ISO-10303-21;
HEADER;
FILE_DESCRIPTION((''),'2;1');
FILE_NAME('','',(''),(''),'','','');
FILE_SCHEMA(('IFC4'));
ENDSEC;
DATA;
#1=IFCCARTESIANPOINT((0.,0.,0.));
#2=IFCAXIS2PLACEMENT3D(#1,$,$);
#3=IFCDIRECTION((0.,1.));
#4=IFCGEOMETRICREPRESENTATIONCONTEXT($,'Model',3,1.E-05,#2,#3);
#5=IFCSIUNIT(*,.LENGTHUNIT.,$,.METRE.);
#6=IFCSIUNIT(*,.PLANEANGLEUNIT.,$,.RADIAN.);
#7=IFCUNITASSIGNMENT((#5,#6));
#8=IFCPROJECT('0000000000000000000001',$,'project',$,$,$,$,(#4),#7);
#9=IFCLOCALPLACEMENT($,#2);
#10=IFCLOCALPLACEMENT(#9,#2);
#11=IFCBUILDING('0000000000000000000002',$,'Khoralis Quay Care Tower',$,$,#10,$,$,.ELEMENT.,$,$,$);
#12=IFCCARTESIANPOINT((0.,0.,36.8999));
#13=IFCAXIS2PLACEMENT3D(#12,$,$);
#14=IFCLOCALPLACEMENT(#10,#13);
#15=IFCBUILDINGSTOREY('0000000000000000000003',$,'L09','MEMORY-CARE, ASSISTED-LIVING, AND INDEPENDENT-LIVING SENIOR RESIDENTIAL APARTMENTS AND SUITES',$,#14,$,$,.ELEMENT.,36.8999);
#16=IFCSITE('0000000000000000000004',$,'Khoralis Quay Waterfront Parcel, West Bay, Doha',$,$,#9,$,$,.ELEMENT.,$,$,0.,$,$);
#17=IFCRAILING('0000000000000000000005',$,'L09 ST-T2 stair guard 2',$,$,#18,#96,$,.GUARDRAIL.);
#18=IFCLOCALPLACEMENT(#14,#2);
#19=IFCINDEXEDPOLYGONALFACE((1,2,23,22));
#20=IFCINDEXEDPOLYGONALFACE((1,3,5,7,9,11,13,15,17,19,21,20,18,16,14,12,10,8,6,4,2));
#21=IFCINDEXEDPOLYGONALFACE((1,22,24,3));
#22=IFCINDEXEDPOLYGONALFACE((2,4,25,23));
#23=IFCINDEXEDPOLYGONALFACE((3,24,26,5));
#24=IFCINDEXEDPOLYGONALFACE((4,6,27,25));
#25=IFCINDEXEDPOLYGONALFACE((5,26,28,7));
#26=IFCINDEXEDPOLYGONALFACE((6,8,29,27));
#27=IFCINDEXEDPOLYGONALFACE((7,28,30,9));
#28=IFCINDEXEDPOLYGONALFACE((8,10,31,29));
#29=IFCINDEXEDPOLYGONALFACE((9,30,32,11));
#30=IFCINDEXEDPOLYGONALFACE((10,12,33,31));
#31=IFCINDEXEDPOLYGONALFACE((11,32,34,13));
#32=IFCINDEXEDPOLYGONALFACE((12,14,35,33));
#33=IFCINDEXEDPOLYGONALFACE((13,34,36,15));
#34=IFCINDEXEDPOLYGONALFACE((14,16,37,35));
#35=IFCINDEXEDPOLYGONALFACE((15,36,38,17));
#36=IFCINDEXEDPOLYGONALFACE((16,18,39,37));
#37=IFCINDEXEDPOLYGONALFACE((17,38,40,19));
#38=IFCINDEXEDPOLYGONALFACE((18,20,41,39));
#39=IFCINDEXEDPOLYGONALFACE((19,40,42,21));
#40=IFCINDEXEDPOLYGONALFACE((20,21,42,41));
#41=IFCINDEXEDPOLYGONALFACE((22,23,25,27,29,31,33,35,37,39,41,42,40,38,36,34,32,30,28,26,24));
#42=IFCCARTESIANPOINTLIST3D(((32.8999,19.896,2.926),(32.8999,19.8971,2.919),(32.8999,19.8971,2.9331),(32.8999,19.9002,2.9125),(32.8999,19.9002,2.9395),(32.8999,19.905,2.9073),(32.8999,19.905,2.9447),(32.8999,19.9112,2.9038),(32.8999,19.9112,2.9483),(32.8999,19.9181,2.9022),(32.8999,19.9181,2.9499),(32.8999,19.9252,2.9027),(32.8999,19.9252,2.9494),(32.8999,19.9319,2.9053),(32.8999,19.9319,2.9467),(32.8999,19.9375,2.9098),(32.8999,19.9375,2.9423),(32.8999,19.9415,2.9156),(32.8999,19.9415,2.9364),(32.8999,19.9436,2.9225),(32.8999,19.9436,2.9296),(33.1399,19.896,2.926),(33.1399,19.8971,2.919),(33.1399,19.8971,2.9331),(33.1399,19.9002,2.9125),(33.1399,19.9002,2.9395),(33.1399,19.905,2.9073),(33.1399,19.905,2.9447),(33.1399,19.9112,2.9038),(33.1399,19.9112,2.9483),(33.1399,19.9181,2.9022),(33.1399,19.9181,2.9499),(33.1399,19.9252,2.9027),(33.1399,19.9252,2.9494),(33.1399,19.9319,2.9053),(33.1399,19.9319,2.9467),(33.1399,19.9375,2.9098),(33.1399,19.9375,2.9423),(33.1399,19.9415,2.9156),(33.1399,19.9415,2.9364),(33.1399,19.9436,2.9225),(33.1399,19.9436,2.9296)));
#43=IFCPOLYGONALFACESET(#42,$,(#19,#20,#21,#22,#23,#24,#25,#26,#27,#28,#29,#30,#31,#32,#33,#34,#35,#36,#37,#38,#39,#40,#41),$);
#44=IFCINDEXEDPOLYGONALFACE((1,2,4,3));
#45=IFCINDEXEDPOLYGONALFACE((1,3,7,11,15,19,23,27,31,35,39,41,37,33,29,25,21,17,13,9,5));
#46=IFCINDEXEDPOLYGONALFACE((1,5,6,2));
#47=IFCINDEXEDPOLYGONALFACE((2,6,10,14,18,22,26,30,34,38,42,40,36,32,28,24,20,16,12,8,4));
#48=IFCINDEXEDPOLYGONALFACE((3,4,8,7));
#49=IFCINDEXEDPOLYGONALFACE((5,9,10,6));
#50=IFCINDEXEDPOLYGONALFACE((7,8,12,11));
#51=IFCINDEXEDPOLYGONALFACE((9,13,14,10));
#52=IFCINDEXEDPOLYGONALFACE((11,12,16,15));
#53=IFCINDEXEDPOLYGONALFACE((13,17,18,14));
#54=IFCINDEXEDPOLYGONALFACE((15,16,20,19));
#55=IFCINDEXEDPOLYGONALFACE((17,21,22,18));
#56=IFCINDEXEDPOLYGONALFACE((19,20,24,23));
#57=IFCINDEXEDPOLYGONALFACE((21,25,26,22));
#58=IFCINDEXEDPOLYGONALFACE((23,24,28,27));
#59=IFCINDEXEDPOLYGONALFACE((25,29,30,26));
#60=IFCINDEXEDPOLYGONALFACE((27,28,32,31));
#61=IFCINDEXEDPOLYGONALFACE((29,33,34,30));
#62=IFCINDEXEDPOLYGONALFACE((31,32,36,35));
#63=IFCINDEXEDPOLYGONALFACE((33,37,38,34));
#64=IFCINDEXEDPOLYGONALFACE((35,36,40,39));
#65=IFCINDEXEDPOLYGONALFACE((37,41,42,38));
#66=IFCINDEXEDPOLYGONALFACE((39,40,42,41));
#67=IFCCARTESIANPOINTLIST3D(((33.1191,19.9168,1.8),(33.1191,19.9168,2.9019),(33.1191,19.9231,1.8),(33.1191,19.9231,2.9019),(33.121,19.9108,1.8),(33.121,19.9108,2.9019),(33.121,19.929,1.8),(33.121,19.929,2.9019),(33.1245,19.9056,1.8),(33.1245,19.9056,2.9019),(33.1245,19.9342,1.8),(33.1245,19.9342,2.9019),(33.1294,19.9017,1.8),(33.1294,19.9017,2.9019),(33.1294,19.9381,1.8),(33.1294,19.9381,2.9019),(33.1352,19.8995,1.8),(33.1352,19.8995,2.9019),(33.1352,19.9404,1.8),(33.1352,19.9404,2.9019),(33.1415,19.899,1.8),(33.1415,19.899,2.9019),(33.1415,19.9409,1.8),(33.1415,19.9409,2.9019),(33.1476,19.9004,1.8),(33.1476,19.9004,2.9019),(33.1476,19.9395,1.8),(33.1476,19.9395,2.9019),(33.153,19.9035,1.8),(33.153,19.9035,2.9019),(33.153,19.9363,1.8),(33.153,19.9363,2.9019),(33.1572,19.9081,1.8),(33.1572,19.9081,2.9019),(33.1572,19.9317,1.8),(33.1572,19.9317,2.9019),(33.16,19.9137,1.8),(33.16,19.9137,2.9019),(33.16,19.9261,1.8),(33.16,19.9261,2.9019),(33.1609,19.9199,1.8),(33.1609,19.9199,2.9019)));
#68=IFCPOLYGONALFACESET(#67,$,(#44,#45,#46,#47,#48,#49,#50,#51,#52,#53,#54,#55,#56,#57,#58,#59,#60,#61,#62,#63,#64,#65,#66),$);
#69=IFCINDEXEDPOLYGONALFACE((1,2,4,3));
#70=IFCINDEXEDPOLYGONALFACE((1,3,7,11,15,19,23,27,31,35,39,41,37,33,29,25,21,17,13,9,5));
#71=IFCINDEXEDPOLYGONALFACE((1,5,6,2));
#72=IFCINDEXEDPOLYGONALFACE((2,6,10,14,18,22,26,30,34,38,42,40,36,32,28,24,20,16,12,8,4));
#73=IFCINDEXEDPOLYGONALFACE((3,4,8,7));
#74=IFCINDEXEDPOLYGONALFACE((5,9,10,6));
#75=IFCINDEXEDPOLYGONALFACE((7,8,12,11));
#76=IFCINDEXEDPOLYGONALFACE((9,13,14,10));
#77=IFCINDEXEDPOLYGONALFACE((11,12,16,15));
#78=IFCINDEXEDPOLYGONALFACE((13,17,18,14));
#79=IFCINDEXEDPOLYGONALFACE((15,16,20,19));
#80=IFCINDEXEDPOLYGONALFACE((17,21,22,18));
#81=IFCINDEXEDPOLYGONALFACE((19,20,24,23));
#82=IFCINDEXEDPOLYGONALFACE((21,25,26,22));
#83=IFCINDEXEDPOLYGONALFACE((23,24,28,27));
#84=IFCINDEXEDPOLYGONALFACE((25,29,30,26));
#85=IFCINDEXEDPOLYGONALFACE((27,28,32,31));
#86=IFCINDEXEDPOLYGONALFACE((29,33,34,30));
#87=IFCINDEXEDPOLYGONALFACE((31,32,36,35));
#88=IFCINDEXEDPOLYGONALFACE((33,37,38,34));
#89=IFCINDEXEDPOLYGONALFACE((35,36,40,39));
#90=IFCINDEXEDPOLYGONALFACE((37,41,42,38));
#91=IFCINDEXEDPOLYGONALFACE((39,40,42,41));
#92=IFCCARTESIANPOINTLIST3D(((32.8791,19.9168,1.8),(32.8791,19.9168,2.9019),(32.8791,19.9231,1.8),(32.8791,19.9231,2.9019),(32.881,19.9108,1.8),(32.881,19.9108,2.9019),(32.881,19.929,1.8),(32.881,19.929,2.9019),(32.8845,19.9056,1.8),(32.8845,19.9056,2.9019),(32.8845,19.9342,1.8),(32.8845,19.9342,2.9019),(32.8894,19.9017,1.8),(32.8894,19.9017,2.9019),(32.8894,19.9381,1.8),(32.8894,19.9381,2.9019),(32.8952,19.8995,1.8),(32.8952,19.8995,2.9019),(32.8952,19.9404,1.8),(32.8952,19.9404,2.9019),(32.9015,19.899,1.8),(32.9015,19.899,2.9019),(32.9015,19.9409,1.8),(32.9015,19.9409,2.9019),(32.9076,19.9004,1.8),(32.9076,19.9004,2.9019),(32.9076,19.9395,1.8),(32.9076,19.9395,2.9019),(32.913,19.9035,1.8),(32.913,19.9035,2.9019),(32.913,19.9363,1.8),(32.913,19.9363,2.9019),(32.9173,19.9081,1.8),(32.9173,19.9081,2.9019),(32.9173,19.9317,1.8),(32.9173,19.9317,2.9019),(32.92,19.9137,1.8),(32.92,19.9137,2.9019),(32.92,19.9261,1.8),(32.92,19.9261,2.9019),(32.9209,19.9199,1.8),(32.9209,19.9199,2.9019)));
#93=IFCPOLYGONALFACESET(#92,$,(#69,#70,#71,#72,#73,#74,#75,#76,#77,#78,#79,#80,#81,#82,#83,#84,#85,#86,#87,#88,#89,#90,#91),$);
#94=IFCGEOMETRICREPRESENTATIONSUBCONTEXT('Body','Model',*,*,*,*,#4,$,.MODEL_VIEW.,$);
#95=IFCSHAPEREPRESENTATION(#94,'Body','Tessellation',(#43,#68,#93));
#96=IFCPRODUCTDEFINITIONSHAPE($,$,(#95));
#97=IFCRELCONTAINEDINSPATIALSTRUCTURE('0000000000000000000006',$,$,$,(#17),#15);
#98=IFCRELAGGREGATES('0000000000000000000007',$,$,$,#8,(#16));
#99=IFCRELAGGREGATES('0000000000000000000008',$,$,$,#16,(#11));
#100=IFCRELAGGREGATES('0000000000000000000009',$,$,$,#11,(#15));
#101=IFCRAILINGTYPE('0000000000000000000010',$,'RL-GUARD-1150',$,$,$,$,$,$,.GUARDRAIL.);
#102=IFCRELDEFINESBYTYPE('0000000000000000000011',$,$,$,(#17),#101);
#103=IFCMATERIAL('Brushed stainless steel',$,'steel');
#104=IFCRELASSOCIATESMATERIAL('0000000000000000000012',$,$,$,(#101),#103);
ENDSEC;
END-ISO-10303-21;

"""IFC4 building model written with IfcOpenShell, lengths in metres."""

from ifc_helpers import new_model, si_unit, direction, frame, origin, origin_2d, place, context, subcontext, project, spatial, circle, extrude, material, type_object, element, save


model = new_model("IFC4")

# Units and contexts
model_context = context("Model", 3, precision=1e-05, world=origin(), true_north=direction((0.0, 1.0)))
body_context = subcontext(model_context, "Body", "Model", "MODEL_VIEW")
ifc_project = project(units=[si_unit("LENGTHUNIT", "METRE"), si_unit("PLANEANGLEUNIT", "RADIAN")], contexts=[model_context])

# Site, building, storey
site_placement = place(None, origin())
site = spatial("IfcSite", under=ifc_project, at=site_placement, Name="Khoralis Quay Waterfront Parcel, West Bay, Doha", CompositionType="ELEMENT", RefElevation=0.0)
building_placement = place(site_placement, origin())
building = spatial("IfcBuilding", under=site, at=building_placement, Name="Khoralis Quay Care Tower", CompositionType="ELEMENT")
storey_placement = place(building_placement, frame((0.0, 0.0, 36.8999)))
storey = spatial("IfcBuildingStorey", under=building, at=storey_placement, Name="L09", Description="MEMORY-CARE, ASSISTED-LIVING, AND INDEPENDENT-LIVING SENIOR RESIDENTIAL APARTMENTS AND SUITES", CompositionType="ELEMENT", Elevation=36.8999)

# Shared definitions
ifc_material_1 = material(Name="Brushed stainless steel", Category="steel")

# Railing
railing_type_1 = type_object("IfcRailingType", Name="RL-GUARD-1150", PredefinedType="GUARDRAIL", material=ifc_material_1)
railing_1_placement = place(storey_placement, frame((33.1399, 19.9199, 1.8)))
element("IfcRailing", 1, at=railing_1_placement, inside=storey, type_object=railing_type_1, Name="L09 ST-T2 stair guard 2", PredefinedType="GUARDRAIL", context=body_context, shape_type="SweptSolid", body=[
    extrude(circle(Radius=0.0239, at=origin_2d()), frame((0.0, 0.0, 1.126), z_axis=(-1.0, 0.0, 0.0), x_axis=(0.0, -1.0, 0.0)), (0.0, 0.0, 1.0), 0.24),
    extrude(circle(Radius=0.021, at=origin_2d()), origin(), (0.0, 0.0, 1.0), 1.1018),
    extrude(circle(Radius=0.021, at=origin_2d()), frame((-0.24, 0.0, 0.0)), (0.0, 0.0, 1.0), 1.1018),
])

save(model, "model.ifc")
